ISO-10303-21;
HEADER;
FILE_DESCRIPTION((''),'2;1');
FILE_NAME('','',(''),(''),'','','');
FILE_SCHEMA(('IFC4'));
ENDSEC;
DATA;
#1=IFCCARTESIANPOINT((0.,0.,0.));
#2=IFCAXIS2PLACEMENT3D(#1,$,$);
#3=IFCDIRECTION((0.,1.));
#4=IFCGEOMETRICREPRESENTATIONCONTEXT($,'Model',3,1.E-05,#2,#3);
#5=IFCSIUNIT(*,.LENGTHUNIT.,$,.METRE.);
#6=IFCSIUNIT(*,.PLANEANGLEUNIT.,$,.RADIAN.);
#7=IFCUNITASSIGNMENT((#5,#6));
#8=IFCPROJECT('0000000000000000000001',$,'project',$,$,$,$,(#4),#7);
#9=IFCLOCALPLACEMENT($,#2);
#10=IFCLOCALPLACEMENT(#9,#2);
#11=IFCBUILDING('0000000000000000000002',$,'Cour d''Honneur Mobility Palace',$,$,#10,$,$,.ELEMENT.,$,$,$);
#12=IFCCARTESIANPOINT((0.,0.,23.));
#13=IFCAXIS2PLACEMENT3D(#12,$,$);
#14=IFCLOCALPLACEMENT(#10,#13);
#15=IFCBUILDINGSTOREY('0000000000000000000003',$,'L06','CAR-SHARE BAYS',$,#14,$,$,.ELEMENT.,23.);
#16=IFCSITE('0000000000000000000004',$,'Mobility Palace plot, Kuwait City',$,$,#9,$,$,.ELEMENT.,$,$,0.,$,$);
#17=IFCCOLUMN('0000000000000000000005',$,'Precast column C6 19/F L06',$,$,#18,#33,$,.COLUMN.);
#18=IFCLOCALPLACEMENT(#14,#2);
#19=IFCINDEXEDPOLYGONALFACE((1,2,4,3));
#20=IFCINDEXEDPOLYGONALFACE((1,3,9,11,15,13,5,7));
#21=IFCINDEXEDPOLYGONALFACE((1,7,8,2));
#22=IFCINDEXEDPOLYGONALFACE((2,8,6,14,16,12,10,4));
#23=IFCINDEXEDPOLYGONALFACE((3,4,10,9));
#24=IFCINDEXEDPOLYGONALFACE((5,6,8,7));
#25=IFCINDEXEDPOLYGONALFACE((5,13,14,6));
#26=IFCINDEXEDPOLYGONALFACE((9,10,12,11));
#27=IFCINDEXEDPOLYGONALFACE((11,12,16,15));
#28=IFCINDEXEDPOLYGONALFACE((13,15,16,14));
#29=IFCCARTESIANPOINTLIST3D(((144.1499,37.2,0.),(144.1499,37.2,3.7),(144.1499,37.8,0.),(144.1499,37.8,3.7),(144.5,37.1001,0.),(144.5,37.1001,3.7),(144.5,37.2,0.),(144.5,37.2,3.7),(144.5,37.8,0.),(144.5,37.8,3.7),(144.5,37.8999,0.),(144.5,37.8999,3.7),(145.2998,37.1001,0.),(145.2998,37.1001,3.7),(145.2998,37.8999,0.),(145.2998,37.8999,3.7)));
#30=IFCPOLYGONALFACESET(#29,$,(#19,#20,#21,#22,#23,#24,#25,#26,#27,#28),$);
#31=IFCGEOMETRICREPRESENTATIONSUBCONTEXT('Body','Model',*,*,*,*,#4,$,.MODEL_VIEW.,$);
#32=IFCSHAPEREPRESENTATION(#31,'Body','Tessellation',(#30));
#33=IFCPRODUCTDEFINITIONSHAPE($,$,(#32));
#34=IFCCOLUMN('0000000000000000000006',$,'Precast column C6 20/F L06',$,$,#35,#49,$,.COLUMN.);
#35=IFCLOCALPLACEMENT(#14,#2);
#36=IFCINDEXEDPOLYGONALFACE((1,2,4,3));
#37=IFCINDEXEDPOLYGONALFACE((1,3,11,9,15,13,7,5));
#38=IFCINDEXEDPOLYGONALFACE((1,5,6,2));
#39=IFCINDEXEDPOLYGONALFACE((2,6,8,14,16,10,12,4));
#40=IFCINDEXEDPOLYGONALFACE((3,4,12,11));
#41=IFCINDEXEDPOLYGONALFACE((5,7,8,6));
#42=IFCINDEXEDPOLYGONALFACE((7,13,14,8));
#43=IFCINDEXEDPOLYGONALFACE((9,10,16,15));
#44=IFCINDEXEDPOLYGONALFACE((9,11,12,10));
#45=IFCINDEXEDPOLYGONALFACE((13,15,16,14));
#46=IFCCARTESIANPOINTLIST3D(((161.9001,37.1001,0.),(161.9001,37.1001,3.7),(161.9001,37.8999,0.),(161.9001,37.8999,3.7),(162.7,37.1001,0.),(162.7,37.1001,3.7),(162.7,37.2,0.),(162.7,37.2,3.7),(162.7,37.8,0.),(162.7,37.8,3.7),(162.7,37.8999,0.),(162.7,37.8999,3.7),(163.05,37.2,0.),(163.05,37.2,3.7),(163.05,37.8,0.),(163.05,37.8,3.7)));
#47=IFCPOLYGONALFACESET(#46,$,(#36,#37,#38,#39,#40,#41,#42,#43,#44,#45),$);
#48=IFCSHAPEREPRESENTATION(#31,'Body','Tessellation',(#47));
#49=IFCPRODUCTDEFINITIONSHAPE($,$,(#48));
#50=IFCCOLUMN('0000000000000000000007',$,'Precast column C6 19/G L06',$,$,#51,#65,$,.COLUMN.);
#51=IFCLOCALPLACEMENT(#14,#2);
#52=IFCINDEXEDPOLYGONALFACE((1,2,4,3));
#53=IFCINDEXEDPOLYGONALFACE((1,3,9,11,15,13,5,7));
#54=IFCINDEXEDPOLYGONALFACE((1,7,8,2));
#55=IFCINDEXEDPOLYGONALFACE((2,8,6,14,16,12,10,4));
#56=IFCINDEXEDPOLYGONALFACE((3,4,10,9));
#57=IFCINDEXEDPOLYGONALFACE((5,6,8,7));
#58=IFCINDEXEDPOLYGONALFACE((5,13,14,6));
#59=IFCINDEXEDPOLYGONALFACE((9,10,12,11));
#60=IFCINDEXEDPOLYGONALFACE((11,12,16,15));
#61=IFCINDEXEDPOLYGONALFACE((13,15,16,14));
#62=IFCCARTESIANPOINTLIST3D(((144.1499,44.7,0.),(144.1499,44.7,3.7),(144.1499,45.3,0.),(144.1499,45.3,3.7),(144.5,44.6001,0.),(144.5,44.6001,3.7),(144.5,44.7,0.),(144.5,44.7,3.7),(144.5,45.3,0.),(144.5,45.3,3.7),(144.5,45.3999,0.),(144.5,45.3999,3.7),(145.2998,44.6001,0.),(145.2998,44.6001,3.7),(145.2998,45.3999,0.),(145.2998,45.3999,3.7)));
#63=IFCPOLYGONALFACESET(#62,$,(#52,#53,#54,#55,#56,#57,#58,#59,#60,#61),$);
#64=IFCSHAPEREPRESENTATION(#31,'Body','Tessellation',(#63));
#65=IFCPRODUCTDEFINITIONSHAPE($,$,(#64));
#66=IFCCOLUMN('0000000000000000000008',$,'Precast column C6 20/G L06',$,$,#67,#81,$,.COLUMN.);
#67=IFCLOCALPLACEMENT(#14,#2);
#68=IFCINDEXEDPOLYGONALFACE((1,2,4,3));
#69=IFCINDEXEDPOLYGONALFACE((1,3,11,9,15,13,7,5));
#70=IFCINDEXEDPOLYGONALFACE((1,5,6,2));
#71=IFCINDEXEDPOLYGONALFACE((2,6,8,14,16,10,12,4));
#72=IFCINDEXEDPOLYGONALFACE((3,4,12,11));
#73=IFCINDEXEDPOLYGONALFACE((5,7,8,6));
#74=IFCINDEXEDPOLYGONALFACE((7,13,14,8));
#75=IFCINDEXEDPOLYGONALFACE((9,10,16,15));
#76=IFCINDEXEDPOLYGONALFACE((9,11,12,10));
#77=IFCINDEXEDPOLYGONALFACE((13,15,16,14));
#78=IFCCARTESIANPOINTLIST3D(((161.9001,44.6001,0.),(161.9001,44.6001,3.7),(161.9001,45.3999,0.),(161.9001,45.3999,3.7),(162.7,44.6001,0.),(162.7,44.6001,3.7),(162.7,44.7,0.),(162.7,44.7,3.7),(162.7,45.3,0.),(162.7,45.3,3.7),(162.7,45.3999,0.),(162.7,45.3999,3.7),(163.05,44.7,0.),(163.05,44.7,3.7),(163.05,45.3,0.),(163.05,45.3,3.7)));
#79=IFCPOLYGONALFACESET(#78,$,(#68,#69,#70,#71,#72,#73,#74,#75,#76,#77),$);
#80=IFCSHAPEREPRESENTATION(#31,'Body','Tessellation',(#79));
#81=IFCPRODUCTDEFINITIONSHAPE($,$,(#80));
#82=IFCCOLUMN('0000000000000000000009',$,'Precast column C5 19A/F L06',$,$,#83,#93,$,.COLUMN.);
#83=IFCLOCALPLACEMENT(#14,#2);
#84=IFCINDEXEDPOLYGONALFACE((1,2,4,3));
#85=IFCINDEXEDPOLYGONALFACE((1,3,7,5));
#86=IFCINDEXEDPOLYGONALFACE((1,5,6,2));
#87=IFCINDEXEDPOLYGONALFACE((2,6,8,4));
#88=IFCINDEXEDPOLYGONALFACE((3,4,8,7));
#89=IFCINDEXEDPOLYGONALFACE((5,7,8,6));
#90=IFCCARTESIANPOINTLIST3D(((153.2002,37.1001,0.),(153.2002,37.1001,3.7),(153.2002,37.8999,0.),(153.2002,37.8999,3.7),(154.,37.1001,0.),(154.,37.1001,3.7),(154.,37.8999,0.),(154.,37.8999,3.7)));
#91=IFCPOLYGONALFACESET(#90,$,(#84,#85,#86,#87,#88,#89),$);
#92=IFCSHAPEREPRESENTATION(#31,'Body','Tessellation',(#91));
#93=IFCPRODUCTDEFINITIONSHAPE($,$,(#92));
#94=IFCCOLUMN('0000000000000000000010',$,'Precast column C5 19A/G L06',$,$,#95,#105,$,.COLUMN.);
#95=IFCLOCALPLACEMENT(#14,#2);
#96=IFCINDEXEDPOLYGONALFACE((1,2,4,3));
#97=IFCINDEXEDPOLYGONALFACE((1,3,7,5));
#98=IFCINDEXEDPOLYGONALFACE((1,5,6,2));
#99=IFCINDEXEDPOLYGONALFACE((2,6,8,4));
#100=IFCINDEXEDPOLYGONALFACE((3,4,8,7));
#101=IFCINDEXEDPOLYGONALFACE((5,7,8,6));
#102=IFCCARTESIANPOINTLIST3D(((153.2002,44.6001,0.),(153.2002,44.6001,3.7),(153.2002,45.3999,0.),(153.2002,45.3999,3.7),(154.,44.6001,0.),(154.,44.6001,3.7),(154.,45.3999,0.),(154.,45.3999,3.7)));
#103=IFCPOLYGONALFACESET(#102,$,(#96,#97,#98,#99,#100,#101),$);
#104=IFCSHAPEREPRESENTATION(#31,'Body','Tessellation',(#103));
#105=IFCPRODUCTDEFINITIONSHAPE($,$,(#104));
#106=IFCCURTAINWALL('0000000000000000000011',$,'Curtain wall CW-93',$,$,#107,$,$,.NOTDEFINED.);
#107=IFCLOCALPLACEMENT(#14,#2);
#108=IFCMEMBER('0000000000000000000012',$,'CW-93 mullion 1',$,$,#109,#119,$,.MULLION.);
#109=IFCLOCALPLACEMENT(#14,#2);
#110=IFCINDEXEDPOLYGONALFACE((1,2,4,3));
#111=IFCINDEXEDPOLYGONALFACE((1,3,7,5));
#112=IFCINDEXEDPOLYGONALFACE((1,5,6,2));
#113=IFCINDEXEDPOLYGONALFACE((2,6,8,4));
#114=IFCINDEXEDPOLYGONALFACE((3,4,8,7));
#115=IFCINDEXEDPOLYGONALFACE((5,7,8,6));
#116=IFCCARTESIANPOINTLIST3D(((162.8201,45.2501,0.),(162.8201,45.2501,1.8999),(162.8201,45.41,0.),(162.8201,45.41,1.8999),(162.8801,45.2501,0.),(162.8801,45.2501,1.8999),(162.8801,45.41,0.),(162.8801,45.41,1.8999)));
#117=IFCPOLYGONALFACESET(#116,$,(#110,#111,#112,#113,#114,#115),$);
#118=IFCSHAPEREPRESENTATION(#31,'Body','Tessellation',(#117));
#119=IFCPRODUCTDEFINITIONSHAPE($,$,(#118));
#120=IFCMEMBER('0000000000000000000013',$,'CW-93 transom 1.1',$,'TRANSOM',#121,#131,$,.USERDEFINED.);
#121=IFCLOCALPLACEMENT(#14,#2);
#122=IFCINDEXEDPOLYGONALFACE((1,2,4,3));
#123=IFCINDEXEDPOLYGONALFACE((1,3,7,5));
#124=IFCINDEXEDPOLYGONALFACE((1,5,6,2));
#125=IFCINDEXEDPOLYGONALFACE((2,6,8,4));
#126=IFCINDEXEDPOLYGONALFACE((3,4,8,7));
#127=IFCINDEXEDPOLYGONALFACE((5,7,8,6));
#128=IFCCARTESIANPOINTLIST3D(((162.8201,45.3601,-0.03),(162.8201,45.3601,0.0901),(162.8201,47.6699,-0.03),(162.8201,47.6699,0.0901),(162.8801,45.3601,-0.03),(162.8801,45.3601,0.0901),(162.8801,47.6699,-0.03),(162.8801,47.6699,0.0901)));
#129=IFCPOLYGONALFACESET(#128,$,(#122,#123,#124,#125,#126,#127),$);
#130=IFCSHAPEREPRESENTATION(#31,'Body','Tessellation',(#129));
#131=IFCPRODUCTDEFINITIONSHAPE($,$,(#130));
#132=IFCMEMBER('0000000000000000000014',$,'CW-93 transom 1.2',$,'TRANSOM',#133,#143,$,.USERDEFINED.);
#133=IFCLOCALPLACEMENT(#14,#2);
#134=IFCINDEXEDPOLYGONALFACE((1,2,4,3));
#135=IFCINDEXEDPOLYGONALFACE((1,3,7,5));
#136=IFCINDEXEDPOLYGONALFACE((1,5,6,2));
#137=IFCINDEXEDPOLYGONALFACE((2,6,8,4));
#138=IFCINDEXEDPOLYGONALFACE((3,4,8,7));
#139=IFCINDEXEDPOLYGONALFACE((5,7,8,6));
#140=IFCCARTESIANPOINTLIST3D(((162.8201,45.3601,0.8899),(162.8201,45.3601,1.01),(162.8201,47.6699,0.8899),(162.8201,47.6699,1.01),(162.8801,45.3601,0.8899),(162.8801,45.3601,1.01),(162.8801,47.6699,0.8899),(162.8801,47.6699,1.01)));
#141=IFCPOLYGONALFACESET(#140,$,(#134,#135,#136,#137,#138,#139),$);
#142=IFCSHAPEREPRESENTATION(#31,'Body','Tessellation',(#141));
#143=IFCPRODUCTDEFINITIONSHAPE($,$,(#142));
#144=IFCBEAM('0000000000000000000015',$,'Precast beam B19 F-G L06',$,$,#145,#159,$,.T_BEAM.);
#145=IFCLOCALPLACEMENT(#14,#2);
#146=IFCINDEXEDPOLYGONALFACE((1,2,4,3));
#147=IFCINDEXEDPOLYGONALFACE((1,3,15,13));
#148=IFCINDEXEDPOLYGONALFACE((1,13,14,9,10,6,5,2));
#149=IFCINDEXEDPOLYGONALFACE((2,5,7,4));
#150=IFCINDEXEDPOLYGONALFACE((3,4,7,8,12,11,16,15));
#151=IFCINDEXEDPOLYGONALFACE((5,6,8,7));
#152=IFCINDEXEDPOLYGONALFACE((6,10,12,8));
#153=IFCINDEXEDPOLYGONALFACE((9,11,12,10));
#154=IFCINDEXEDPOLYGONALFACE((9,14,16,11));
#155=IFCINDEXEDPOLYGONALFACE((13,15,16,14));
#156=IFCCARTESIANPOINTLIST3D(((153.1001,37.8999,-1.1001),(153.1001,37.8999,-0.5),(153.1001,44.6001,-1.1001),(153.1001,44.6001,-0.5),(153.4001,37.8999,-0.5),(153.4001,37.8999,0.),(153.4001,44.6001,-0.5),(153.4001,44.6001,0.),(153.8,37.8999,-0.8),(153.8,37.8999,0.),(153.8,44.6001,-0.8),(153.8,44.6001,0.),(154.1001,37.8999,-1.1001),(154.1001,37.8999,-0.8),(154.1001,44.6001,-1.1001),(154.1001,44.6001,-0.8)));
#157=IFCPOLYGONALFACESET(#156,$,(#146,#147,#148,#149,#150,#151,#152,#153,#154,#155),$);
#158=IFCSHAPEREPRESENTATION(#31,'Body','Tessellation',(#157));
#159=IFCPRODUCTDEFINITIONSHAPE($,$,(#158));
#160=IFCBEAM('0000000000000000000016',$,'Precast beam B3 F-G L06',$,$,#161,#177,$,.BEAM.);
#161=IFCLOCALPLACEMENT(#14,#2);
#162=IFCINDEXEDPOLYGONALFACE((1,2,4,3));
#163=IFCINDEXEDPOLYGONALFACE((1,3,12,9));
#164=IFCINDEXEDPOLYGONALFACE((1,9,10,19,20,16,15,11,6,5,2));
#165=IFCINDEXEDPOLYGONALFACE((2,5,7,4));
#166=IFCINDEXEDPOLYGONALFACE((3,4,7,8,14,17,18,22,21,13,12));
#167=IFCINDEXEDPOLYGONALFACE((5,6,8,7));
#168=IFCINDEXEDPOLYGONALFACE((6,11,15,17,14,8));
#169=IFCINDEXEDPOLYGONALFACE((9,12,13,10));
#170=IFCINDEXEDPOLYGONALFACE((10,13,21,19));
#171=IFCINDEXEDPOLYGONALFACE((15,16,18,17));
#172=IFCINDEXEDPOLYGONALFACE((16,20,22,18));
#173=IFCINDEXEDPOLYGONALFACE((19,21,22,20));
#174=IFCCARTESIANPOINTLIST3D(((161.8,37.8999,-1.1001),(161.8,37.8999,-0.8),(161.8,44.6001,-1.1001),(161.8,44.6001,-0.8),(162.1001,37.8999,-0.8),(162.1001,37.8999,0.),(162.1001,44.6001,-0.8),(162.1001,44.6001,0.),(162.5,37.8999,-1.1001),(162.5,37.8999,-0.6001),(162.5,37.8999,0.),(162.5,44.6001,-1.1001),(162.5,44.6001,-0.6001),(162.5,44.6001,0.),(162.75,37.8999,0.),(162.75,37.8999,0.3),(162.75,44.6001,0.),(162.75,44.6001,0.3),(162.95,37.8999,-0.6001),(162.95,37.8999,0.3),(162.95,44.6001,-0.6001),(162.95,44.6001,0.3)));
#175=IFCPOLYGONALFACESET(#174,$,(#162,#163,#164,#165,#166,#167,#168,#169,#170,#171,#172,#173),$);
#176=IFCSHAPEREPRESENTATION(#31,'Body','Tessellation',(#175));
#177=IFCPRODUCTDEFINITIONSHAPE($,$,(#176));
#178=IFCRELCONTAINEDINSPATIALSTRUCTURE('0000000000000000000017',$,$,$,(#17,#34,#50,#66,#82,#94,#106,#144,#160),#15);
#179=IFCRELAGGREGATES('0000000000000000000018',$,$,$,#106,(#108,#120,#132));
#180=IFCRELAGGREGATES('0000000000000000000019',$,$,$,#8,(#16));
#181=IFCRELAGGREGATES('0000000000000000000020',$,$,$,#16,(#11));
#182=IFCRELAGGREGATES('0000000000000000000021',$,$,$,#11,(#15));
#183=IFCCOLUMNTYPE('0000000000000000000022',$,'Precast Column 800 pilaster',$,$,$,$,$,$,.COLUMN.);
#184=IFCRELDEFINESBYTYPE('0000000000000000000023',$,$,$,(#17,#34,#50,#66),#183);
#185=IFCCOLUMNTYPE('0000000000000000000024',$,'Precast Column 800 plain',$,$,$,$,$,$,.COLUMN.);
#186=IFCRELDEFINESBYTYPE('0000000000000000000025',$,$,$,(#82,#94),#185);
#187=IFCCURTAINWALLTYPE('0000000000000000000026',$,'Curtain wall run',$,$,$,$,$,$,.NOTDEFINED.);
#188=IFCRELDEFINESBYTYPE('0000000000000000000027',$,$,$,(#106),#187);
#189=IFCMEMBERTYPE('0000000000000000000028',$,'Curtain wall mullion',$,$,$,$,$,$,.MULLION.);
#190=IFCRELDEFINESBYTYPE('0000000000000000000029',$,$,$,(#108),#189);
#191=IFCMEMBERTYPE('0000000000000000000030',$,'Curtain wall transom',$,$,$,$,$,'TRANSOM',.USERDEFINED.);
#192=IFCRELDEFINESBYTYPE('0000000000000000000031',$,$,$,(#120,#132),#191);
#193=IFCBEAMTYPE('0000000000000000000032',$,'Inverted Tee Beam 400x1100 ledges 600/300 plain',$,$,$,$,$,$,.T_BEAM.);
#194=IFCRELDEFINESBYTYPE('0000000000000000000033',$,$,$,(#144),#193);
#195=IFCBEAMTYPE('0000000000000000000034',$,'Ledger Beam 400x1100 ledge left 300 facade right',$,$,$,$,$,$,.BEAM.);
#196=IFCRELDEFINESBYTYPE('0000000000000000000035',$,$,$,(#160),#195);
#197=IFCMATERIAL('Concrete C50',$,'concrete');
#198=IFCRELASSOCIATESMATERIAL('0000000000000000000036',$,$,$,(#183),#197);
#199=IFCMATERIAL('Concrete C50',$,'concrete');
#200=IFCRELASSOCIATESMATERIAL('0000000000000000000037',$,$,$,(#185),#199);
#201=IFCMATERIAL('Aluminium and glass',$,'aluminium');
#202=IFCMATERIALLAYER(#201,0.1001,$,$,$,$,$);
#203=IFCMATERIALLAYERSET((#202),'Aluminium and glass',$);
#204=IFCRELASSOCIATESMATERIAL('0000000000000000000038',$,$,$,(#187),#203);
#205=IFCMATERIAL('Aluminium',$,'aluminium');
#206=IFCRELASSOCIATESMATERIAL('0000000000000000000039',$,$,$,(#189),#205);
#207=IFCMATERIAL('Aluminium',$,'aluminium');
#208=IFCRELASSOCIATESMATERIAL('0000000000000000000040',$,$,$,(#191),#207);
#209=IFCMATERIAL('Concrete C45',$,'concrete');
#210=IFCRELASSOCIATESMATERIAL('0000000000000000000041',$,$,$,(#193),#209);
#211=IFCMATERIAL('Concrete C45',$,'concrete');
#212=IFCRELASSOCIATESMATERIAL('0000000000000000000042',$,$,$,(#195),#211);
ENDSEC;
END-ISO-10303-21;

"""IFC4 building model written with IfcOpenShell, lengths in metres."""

from ifc_helpers import new_model, si_unit, direction, frame, origin, origin_2d, place, context, subcontext, project, spatial, polyline, rectangle, outline, extrude, material, layer, layer_set, material_profile, profile_set, type_object, element, aggregate, save


model = new_model("IFC4")

# Units and contexts
model_context = context("Model", 3, precision=1e-05, world=origin(), true_north=direction((0.0, 1.0)))
body_context = subcontext(model_context, "Body", "Model", "MODEL_VIEW")
ifc_project = project(units=[si_unit("LENGTHUNIT", "METRE"), si_unit("PLANEANGLEUNIT", "RADIAN")], contexts=[model_context])

# Site, building, storey
site_placement = place(None, origin())
site = spatial("IfcSite", under=ifc_project, at=site_placement, Name="Mobility Palace plot, Kuwait City", CompositionType="ELEMENT", RefElevation=0.0)
building_placement = place(site_placement, origin())
building = spatial("IfcBuilding", under=site, at=building_placement, Name="Cour d'Honneur Mobility Palace", CompositionType="ELEMENT")
storey_placement = place(building_placement, frame((0.0, 0.0, 23.0)))
storey = spatial("IfcBuildingStorey", under=building, at=storey_placement, Name="L06", Description="CAR-SHARE BAYS", CompositionType="ELEMENT", Elevation=23.0)

# Columns
ifc_material_1 = material(Name="Concrete C50", Category="concrete")
ifc_material_profile_1 = material_profile(ifc_material_1, outline(polyline([(-0.3999, -0.3999), (0.3999, -0.3999), (0.3999, -0.3), (0.75, -0.3), (0.75, 0.3), (0.3999, 0.3), (0.3999, 0.3999), (-0.3999, 0.3999), (-0.3999, -0.3999)])), Name="PC C800 pilaster")
ifc_profile_set_1 = profile_set([ifc_material_profile_1], Name="Concrete C50")
column_type_1 = type_object("IfcColumnType", Name="Precast Column 800 pilaster", PredefinedType="COLUMN", material=ifc_profile_set_1)
for number, where, z_axis, x_axis, name in (
    (1, (144.8999, 37.5, 0.0), (0.0, 0.0, 1.0), (-1.0, 0.0, 0.0), "Precast column C6 19/F L06"),
    (2, (162.3, 37.5, 0.0), (0.0, 0.0, 1.0), (1.0, 0.0, 0.0), "Precast column C6 20/F L06"),
    (3, (144.8999, 45.0, 0.0), (0.0, 0.0, 1.0), (-1.0, 0.0, 0.0), "Precast column C6 19/G L06"),
    (4, (162.3, 45.0, 0.0), (0.0, 0.0, 1.0), (1.0, 0.0, 0.0), "Precast column C6 20/G L06"),
):
    element("IfcColumn", number, at=place(storey_placement, frame(where, z_axis=z_axis, x_axis=x_axis)), inside=storey, type_object=column_type_1, Name=name, PredefinedType="COLUMN", context=body_context, shape_type="SweptSolid", body=[
        extrude(outline(polyline([(-0.3999, -0.3999), (0.3999, -0.3999), (0.3999, -0.3), (0.75, -0.3), (0.75, 0.3), (0.3999, 0.3), (0.3999, 0.3999), (-0.3999, 0.3999), (-0.3999, -0.3999)])), origin(), (0.0, 0.0, 1.0), 3.7),
    ])
ifc_material_2 = material(Name="Concrete C50", Category="concrete")
ifc_material_profile_2 = material_profile(ifc_material_2, outline(polyline([(-0.3999, -0.3999), (0.3999, -0.3999), (0.3999, 0.3999), (-0.3999, 0.3999), (-0.3999, -0.3999)])), Name="PC C800 plain")
ifc_profile_set_2 = profile_set([ifc_material_profile_2], Name="Concrete C50")
column_type_2 = type_object("IfcColumnType", Name="Precast Column 800 plain", PredefinedType="COLUMN", material=ifc_profile_set_2)
for number, where, z_axis, x_axis, name in (
    (5, (153.6001, 37.5, 0.0), (0.0, 0.0, 1.0), (1.0, 0.0, 0.0), "Precast column C5 19A/F L06"),
    (6, (153.6001, 45.0, 0.0), (0.0, 0.0, 1.0), (1.0, 0.0, 0.0), "Precast column C5 19A/G L06"),
):
    element("IfcColumn", number, at=place(storey_placement, frame(where, z_axis=z_axis, x_axis=x_axis)), inside=storey, type_object=column_type_2, Name=name, PredefinedType="COLUMN", context=body_context, shape_type="SweptSolid", body=[
        extrude(outline(polyline([(-0.3999, -0.3999), (0.3999, -0.3999), (0.3999, 0.3999), (-0.3999, 0.3999), (-0.3999, -0.3999)])), origin(), (0.0, 0.0, 1.0), 3.7),
    ])

# Curtain wall, members
ifc_material_3 = material(Name="Aluminium and glass", Category="aluminium")
ifc_layer_1 = layer(ifc_material_3, 0.1001)
ifc_layer_set_1 = layer_set([ifc_layer_1], Name="Aluminium and glass")
curtain_wall_type = type_object("IfcCurtainWallType", Name="Curtain wall run", PredefinedType="NOTDEFINED", material=ifc_layer_set_1)
curtain_wall_placement = place(storey_placement, origin())
curtain_wall = element("IfcCurtainWall", 7, at=curtain_wall_placement, inside=storey, type_object=curtain_wall_type, Name="Curtain wall CW-93", PredefinedType="NOTDEFINED")
ifc_material_4 = material(Name="Aluminium", Category="aluminium")
ifc_material_profile_3 = material_profile(ifc_material_4, rectangle(XDim=0.0601, YDim=0.1599, at=origin_2d()), Name="Curtain wall mullion")
ifc_profile_set_3 = profile_set([ifc_material_profile_3], Name="Aluminium")
member_type_1 = type_object("IfcMemberType", Name="Curtain wall mullion", PredefinedType="MULLION", material=ifc_profile_set_3)
member_1_placement = place(storey_placement, frame((162.8501, 45.3301, 0.0), z_axis=(0.0, 0.0, 1.0), x_axis=(-1.0, 0.0, 0.0)))
member_1 = element("IfcMember", 8, at=member_1_placement, type_object=member_type_1, Name="CW-93 mullion 1", PredefinedType="MULLION", context=body_context, shape_type="SweptSolid", body=[
    extrude(rectangle(XDim=0.0601, YDim=0.1599, at=origin_2d()), origin(), (0.0, 0.0, 1.0), 1.8999),
])
ifc_material_5 = material(Name="Aluminium", Category="aluminium")
ifc_material_profile_4 = material_profile(ifc_material_5, rectangle(XDim=0.0601, YDim=0.1201, at=origin_2d()), Name="Curtain wall transom")
ifc_profile_set_4 = profile_set([ifc_material_profile_4], Name="Aluminium")
member_type_2 = type_object("IfcMemberType", Name="Curtain wall transom", ElementType="TRANSOM", PredefinedType="USERDEFINED", material=ifc_profile_set_4)
member_2_placement = place(storey_placement, frame((162.8501, 45.3601, 0.03), z_axis=(0.0, 1.0, 0.0), x_axis=(-1.0, 0.0, 0.0)))
member_2 = element("IfcMember", 9, at=member_2_placement, type_object=member_type_2, Name="CW-93 transom 1.1", ObjectType="TRANSOM", PredefinedType="USERDEFINED", context=body_context, shape_type="SweptSolid", body=[
    extrude(rectangle(XDim=0.0601, YDim=0.1201, at=origin_2d()), origin(), (0.0, 0.0, 1.0), 2.3098),
])
member_3_placement = place(storey_placement, frame((162.8501, 45.3601, 0.95), z_axis=(0.0, 1.0, 0.0), x_axis=(-1.0, 0.0, 0.0)))
member_3 = element("IfcMember", 10, at=member_3_placement, type_object=member_type_2, Name="CW-93 transom 1.2", ObjectType="TRANSOM", PredefinedType="USERDEFINED", context=body_context, shape_type="SweptSolid", body=[
    extrude(rectangle(XDim=0.0601, YDim=0.1201, at=origin_2d()), origin(), (0.0, 0.0, 1.0), 2.3098),
])
aggregate(curtain_wall, [member_1, member_2, member_3])

# Beams
ifc_material_6 = material(Name="Concrete C45", Category="concrete")
ifc_material_profile_5 = material_profile(ifc_material_6, outline(polyline([(0.5, -1.1001), (0.5, -0.5), (0.2, -0.5), (0.2, 0.0), (-0.2, 0.0), (-0.2, -0.8), (-0.5, -0.8), (-0.5, -1.1001), (0.5, -1.1001)])), Name="Inverted Tee Beam 400x1100 ledges 600/300 plain")
ifc_profile_set_5 = profile_set([ifc_material_profile_5], Name="Concrete C45")
beam_type_1 = type_object("IfcBeamType", Name="Inverted Tee Beam 400x1100 ledges 600/300 plain", PredefinedType="T_BEAM", material=ifc_profile_set_5)
beam_1_placement = place(storey_placement, frame((153.6001, 37.8999, 0.0), z_axis=(0.0, 1.0, 0.0), x_axis=(-1.0, 0.0, 0.0)))
element("IfcBeam", 11, at=beam_1_placement, inside=storey, type_object=beam_type_1, Name="Precast beam B19 F-G L06", PredefinedType="T_BEAM", context=body_context, shape_type="SweptSolid", body=[
    extrude(outline(polyline([(0.5, -1.1001), (0.5, -0.5), (0.2, -0.5), (0.2, 0.0), (-0.2, 0.0), (-0.2, -0.8), (-0.5, -0.8), (-0.5, -1.1001), (0.5, -1.1001)])), origin(), (0.0, 0.0, 1.0), 6.7002),
])
ifc_material_7 = material(Name="Concrete C45", Category="concrete")
ifc_material_profile_6 = material_profile(ifc_material_7, outline(polyline([(0.5, -1.1001), (0.5, -0.8), (0.2, -0.8), (0.2, 0.0), (-0.2, 0.0), (-0.45, 0.0), (-0.45, 0.3), (-0.6499, 0.3), (-0.6499, -0.6001), (-0.2, -0.6001), (-0.2, -1.1001), (0.5, -1.1001)])), Name="Ledger Beam 400x1100 ledge left 300 facade right")
ifc_profile_set_6 = profile_set([ifc_material_profile_6], Name="Concrete C45")
beam_type_2 = type_object("IfcBeamType", Name="Ledger Beam 400x1100 ledge left 300 facade right", PredefinedType="BEAM", material=ifc_profile_set_6)
beam_2_placement = place(storey_placement, frame((162.3, 37.8999, 0.0), z_axis=(0.0, 1.0, 0.0), x_axis=(-1.0, 0.0, 0.0)))
element("IfcBeam", 12, at=beam_2_placement, inside=storey, type_object=beam_type_2, Name="Precast beam B3 F-G L06", PredefinedType="BEAM", context=body_context, shape_type="SweptSolid", body=[
    extrude(outline(polyline([(0.5, -1.1001), (0.5, -0.8), (0.2, -0.8), (0.2, 0.0), (-0.2, 0.0), (-0.45, 0.0), (-0.45, 0.3), (-0.6499, 0.3), (-0.6499, -0.6001), (-0.2, -0.6001), (-0.2, -1.1001), (0.5, -1.1001)])), origin(), (0.0, 0.0, 1.0), 6.7002),
])

save(model, "model.ifc")
